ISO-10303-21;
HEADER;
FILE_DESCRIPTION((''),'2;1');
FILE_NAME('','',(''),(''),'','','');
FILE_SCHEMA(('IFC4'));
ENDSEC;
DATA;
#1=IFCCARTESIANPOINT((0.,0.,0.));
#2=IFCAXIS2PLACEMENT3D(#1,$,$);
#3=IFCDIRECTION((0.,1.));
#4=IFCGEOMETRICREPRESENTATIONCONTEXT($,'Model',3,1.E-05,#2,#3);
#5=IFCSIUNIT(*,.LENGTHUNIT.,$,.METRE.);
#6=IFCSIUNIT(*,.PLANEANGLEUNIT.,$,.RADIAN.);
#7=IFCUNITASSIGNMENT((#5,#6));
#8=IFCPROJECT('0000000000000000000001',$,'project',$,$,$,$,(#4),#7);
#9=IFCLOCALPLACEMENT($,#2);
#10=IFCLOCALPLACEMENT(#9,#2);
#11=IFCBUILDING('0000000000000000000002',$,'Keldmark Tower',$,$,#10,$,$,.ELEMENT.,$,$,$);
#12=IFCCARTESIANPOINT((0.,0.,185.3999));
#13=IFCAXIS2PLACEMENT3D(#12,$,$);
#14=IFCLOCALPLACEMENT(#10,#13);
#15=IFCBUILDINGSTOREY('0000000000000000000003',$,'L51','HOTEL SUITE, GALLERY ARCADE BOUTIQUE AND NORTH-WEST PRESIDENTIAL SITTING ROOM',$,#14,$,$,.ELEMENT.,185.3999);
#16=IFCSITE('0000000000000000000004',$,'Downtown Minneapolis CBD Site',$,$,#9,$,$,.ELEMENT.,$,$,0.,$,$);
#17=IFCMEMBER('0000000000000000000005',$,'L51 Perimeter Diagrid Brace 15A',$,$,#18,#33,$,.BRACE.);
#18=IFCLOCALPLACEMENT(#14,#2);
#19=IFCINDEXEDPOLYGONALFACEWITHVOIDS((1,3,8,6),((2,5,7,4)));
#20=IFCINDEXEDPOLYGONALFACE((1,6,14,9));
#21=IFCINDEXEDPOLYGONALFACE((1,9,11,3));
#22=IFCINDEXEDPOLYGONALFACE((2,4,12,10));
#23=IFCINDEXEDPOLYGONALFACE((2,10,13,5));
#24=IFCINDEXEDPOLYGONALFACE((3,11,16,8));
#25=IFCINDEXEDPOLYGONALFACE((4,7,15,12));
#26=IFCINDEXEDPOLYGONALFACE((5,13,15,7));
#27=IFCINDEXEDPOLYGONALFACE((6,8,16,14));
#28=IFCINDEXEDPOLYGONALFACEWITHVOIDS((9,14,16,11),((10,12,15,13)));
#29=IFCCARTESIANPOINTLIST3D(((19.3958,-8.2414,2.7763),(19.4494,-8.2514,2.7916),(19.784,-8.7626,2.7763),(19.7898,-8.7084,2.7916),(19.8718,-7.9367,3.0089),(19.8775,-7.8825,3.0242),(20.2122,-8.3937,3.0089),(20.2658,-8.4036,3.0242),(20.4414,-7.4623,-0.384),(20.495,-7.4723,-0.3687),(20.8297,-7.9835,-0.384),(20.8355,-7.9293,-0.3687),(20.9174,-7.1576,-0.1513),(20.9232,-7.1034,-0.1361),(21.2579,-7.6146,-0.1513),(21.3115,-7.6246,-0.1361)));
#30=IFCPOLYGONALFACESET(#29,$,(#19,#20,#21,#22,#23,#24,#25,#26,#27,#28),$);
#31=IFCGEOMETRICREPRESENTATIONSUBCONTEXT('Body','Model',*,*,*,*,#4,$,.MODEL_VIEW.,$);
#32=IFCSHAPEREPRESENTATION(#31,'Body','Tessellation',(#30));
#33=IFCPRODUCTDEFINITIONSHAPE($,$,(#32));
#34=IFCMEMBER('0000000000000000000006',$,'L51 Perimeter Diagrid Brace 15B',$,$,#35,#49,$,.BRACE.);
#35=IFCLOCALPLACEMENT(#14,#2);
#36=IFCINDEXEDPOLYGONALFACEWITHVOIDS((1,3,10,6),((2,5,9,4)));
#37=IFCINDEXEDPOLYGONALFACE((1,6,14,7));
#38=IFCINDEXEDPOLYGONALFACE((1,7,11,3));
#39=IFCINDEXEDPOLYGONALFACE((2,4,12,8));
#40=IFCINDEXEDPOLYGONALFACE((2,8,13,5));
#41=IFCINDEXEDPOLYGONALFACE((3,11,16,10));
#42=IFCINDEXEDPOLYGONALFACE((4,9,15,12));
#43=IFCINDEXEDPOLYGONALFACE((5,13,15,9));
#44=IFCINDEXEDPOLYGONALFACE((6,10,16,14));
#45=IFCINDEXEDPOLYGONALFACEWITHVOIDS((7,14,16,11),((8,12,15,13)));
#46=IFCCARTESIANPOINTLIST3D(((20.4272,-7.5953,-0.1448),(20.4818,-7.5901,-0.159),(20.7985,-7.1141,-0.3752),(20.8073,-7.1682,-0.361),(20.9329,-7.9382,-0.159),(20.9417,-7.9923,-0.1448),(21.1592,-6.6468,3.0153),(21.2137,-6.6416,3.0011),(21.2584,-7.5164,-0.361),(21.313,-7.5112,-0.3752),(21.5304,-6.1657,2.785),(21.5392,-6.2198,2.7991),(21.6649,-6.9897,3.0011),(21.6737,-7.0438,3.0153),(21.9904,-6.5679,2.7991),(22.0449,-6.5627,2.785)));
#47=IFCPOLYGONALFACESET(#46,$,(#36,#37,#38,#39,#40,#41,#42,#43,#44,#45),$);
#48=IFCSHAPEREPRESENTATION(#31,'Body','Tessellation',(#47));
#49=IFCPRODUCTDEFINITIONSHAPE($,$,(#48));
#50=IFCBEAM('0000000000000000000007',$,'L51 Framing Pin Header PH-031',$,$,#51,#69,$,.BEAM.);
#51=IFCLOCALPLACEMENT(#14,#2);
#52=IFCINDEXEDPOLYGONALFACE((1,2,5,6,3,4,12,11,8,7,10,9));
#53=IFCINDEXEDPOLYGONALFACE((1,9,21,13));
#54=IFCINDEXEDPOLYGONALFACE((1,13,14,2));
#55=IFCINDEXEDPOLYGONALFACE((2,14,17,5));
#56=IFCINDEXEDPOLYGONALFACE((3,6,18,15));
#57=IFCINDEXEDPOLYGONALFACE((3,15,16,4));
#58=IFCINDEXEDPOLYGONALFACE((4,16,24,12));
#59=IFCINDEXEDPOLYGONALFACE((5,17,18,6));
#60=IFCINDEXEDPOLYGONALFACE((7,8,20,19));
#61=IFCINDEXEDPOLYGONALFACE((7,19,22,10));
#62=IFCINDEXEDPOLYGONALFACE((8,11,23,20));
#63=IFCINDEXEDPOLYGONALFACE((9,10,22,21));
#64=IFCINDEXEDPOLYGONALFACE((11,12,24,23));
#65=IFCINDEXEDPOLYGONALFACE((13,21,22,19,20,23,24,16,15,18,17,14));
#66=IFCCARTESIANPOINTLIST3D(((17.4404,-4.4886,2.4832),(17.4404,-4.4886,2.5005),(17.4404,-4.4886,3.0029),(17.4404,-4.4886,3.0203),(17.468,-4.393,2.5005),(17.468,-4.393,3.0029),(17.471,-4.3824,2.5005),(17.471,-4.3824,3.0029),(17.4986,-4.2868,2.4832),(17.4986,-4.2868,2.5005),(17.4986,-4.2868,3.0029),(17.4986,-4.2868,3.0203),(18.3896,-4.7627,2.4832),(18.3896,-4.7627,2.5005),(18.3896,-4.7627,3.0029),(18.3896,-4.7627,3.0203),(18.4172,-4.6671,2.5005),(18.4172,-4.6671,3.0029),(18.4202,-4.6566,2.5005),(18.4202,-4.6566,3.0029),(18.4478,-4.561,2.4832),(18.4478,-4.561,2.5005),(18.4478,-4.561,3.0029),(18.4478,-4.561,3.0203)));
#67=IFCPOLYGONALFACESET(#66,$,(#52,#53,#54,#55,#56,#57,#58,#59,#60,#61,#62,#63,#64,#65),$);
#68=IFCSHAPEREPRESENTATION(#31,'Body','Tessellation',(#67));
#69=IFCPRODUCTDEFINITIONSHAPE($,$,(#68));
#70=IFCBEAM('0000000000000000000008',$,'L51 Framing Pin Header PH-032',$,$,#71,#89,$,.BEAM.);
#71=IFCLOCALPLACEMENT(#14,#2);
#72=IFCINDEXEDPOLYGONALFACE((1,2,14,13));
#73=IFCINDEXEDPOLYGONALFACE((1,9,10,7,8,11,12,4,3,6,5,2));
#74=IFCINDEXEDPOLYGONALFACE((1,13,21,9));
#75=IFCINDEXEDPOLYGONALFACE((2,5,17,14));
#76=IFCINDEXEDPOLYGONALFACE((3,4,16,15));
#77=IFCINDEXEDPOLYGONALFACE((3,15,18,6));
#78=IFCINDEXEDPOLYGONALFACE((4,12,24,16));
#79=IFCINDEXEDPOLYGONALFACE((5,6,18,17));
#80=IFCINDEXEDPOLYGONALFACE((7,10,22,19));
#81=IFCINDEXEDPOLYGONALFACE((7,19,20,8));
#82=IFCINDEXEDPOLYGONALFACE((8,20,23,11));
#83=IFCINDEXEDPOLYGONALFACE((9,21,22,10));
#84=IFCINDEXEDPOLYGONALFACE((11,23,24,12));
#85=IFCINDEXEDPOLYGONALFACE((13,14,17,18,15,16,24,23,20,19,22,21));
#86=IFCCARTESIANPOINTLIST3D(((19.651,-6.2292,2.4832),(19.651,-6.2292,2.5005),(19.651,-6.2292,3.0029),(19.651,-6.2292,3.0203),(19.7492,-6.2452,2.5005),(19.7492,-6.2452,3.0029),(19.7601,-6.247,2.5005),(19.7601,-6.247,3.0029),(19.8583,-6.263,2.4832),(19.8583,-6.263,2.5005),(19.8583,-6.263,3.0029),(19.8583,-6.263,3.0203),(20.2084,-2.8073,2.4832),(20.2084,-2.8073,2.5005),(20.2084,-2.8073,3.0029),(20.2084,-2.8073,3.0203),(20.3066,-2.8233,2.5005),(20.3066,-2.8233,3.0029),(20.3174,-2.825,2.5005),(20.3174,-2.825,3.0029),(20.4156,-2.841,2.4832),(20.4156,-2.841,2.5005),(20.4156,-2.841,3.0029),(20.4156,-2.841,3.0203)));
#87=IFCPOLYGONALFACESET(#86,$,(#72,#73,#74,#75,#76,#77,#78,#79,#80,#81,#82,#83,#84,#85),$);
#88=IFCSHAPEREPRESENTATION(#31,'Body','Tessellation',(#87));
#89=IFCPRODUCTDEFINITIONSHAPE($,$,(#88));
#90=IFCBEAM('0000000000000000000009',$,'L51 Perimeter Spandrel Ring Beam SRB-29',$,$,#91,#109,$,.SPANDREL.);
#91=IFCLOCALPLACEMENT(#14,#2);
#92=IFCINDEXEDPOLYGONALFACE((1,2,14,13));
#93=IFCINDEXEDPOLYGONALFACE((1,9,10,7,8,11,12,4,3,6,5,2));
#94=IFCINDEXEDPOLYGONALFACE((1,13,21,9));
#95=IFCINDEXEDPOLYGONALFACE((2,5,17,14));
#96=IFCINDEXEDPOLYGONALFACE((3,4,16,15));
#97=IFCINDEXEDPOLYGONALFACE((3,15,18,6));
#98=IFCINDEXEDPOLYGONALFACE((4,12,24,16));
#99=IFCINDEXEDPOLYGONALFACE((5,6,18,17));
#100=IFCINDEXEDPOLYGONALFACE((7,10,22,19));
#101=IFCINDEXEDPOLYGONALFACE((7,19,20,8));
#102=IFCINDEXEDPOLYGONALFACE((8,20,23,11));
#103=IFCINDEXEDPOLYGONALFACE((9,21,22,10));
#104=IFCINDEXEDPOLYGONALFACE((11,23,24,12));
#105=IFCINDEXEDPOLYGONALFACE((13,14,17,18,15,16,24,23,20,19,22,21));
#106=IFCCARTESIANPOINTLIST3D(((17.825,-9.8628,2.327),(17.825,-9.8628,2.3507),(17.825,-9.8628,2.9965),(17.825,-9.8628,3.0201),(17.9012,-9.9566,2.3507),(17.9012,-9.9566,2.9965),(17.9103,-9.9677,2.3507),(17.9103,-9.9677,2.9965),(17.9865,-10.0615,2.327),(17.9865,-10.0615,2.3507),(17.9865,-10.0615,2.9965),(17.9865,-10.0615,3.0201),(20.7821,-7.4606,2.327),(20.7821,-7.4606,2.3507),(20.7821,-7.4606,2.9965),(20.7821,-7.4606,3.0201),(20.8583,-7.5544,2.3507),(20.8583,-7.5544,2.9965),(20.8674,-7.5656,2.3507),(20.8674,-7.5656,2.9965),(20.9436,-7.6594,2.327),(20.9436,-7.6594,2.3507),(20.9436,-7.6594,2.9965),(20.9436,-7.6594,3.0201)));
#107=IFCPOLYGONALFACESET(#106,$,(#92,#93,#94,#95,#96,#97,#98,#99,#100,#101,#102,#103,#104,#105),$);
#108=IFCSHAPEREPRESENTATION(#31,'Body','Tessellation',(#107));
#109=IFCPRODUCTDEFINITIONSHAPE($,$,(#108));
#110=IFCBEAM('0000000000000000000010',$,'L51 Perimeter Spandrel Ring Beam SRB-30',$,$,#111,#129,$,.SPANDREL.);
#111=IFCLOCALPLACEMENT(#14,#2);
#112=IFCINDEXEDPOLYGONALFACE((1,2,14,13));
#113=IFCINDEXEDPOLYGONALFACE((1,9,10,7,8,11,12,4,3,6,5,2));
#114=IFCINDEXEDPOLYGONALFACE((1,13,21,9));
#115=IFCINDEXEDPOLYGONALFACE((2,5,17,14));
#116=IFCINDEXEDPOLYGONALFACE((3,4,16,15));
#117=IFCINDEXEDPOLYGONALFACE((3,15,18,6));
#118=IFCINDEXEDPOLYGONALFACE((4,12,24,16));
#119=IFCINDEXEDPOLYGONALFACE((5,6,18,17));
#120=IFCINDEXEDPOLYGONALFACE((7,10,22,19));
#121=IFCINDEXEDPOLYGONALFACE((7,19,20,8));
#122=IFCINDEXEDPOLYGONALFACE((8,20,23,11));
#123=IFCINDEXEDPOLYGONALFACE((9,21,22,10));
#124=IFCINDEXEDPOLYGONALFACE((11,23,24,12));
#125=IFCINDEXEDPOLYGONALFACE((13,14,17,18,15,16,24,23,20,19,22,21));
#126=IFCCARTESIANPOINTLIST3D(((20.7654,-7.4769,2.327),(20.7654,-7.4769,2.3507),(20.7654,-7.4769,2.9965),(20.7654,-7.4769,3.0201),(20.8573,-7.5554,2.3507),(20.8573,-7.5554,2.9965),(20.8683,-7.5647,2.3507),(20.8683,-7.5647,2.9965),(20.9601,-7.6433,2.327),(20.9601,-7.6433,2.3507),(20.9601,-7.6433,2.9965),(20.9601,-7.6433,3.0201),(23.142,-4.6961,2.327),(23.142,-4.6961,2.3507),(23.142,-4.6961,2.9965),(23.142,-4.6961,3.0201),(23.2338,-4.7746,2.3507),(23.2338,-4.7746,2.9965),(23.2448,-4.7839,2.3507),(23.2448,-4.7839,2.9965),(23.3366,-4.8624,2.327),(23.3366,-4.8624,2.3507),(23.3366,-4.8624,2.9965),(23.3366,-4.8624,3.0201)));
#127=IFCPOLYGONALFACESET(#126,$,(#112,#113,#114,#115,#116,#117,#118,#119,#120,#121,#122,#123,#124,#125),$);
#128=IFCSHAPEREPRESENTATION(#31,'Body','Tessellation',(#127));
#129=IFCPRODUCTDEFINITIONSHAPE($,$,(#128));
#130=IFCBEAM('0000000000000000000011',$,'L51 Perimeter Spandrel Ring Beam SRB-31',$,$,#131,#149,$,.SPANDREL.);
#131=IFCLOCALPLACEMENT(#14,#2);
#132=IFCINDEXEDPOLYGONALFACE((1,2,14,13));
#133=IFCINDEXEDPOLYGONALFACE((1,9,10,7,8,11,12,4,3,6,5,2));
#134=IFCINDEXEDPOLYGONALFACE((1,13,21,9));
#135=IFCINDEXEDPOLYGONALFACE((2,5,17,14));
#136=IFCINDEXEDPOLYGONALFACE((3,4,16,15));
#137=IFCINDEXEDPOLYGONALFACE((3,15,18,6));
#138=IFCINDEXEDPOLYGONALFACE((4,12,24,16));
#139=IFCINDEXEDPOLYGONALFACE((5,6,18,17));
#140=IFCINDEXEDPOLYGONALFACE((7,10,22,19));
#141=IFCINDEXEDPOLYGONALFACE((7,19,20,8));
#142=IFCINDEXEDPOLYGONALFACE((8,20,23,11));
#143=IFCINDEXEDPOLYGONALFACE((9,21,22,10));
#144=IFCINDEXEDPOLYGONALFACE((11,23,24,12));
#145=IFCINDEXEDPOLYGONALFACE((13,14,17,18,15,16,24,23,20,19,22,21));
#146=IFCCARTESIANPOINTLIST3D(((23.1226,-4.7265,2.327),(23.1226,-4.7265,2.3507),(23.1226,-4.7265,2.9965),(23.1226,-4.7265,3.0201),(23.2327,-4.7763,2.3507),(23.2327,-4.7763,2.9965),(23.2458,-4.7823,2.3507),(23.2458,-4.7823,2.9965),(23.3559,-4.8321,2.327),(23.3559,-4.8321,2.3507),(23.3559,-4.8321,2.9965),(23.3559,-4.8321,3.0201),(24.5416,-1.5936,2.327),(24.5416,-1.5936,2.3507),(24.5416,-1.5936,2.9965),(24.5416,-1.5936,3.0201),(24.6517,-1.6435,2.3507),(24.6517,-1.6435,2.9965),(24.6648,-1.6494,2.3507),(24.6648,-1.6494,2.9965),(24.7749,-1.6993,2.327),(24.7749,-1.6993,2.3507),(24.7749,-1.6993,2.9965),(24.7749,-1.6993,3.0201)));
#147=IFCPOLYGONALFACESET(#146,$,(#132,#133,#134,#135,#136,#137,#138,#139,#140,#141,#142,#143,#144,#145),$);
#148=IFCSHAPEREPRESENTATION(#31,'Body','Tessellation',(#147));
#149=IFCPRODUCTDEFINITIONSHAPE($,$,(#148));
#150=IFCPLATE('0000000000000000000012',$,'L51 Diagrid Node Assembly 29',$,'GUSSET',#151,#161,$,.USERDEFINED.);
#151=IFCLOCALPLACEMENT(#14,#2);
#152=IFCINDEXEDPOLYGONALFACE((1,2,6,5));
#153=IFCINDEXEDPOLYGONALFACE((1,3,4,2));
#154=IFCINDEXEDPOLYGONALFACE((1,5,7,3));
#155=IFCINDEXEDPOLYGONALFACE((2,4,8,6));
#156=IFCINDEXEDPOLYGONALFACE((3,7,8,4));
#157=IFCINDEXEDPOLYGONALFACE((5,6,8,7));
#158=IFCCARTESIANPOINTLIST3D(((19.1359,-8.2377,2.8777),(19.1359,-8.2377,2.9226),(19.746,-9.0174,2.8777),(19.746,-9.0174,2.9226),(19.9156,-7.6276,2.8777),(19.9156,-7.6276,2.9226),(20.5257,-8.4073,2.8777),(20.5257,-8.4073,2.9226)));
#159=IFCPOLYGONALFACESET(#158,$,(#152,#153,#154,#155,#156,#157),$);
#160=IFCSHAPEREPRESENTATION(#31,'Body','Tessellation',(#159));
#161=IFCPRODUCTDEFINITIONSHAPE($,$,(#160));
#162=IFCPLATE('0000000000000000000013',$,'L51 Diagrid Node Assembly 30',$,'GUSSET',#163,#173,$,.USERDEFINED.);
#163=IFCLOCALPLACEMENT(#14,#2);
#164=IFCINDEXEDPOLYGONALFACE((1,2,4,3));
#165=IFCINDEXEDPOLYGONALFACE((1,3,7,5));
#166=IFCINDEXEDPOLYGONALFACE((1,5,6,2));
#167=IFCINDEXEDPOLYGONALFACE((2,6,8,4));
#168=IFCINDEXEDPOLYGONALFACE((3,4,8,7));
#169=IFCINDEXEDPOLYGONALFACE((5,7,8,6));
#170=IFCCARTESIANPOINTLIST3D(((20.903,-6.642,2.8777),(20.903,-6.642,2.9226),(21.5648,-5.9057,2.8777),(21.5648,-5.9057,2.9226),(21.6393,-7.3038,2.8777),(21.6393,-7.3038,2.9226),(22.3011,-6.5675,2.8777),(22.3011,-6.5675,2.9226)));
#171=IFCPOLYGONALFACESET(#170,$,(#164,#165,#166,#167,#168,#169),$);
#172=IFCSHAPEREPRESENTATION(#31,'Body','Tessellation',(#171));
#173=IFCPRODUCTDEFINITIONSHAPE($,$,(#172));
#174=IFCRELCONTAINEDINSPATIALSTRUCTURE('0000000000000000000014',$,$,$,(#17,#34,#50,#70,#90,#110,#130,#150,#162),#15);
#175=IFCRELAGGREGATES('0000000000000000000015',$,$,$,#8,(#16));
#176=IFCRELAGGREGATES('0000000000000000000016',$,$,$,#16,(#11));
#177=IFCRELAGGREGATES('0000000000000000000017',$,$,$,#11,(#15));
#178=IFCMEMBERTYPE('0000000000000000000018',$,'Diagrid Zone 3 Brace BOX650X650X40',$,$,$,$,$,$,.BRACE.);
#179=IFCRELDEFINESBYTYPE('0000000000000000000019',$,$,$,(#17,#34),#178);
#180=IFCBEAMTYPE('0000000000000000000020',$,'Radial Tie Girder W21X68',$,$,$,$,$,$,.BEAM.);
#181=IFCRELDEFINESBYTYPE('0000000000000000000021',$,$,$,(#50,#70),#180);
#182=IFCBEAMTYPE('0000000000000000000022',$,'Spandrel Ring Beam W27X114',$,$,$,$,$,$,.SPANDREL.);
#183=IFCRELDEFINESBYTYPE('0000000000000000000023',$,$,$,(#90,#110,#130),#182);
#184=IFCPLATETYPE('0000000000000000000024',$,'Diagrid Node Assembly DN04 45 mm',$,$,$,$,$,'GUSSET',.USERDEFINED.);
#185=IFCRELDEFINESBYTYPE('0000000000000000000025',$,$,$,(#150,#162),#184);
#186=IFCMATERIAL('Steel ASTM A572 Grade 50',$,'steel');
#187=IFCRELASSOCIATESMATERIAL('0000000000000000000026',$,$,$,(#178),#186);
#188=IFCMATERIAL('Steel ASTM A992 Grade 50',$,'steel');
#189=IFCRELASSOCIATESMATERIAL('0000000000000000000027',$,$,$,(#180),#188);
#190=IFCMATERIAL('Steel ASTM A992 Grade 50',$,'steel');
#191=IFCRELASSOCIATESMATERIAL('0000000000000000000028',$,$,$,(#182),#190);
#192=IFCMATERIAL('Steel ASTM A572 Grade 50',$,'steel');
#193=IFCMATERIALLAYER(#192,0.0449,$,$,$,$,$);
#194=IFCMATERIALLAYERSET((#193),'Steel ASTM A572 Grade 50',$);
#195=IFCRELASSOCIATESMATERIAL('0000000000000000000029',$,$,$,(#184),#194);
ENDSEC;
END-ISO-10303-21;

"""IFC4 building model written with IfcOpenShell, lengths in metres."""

from ifc_helpers import new_model, si_unit, direction, frame, origin, origin_2d, place, context, subcontext, project, spatial, rectangle, hollow_rectangle, i_section, extrude, material, layer, layer_set, material_profile, profile_set, type_object, element, save


model = new_model("IFC4")

# Units and contexts
model_context = context("Model", 3, precision=1e-05, world=origin(), true_north=direction((0.0, 1.0)))
body_context = subcontext(model_context, "Body", "Model", "MODEL_VIEW")
ifc_project = project(units=[si_unit("LENGTHUNIT", "METRE"), si_unit("PLANEANGLEUNIT", "RADIAN")], contexts=[model_context])

# Site, building, storey
site_placement = place(None, origin())
site = spatial("IfcSite", under=ifc_project, at=site_placement, Name="Downtown Minneapolis CBD Site", CompositionType="ELEMENT", RefElevation=0.0)
building_placement = place(site_placement, origin())
building = spatial("IfcBuilding", under=site, at=building_placement, Name="Keldmark Tower", CompositionType="ELEMENT")
storey_placement = place(building_placement, frame((0.0, 0.0, 185.3999)))
storey = spatial("IfcBuildingStorey", under=building, at=storey_placement, Name="L51", Description="HOTEL SUITE, GALLERY ARCADE BOUTIQUE AND NORTH-WEST PRESIDENTIAL SITTING ROOM", CompositionType="ELEMENT", Elevation=185.3999)

# Members
ifc_material_1 = material(Name="Steel ASTM A572 Grade 50", Category="steel")
ifc_material_profile_1 = material_profile(ifc_material_1, hollow_rectangle(XDim=0.6499, YDim=0.6499, WallThickness=0.04, at=origin_2d()), Name="BOX650X650X40")
ifc_profile_set_1 = profile_set([ifc_material_profile_1], Name="Steel ASTM A572 Grade 50")
member_type = type_object("IfcMemberType", Name="Diagrid Zone 3 Brace BOX650X650X40", PredefinedType="BRACE", material=ifc_profile_set_1)
member_1_placement = place(storey_placement, frame((20.8765, -7.5435, -0.26), z_axis=(-0.305871, -0.227886, 0.924398), x_axis=(0.597451, -0.801906, 0.0)))
element("IfcMember", 1, at=member_1_placement, inside=storey, type_object=member_type, Name="L51 Perimeter Diagrid Brace 15A", PredefinedType="BRACE", context=body_context, shape_type="SweptSolid", body=[
    extrude(hollow_rectangle(XDim=0.6499, YDim=0.6499, WallThickness=0.04, at=origin_2d()), origin(), (0.0, 0.0, 1.0), 3.4187),
])
member_2_placement = place(storey_placement, frame((20.8701, -7.5532, -0.26), z_axis=(0.216572, 0.280647, 0.935058), x_axis=(-0.791684, 0.610931, 0.0)))
element("IfcMember", 2, at=member_2_placement, inside=storey, type_object=member_type, Name="L51 Perimeter Diagrid Brace 15B", PredefinedType="BRACE", context=body_context, shape_type="SweptSolid", body=[
    extrude(hollow_rectangle(XDim=0.6499, YDim=0.6499, WallThickness=0.04, at=origin_2d()), origin(), (0.0, 0.0, 1.0), 3.3796),
])

# Beams
ifc_material_2 = material(Name="Steel ASTM A992 Grade 50", Category="steel")
ifc_material_profile_2 = material_profile(ifc_material_2, i_section(OverallWidth=0.21, OverallDepth=0.5371, WebThickness=0.011, FlangeThickness=0.0173, at=origin_2d()), Name="W21X68")
ifc_profile_set_2 = profile_set([ifc_material_profile_2], Name="Steel ASTM A992 Grade 50")
beam_type_1 = type_object("IfcBeamType", Name="Radial Tie Girder W21X68", PredefinedType="BEAM", material=ifc_profile_set_2)
beam_1_placement = place(storey_placement, frame((17.4695, -4.3877, 2.7517), z_axis=(0.960727, -0.277494, 0.0), x_axis=(0.277494, 0.960727, 0.0)))
element("IfcBeam", 3, at=beam_1_placement, inside=storey, type_object=beam_type_1, Name="L51 Framing Pin Header PH-031", PredefinedType="BEAM", context=body_context, shape_type="SweptSolid", body=[
    extrude(i_section(OverallWidth=0.21, OverallDepth=0.5371, WebThickness=0.011, FlangeThickness=0.0173, at=origin_2d()), origin(), (0.0, 0.0, 1.0), 0.988),
])
beam_2_placement = place(storey_placement, frame((19.7546, -6.2461, 2.7517), z_axis=(0.160767, 0.986992, 0.0), x_axis=(-0.986992, 0.160767, 0.0)))
element("IfcBeam", 4, at=beam_2_placement, inside=storey, type_object=beam_type_1, Name="L51 Framing Pin Header PH-032", PredefinedType="BEAM", context=body_context, shape_type="SweptSolid", body=[
    extrude(i_section(OverallWidth=0.21, OverallDepth=0.5371, WebThickness=0.011, FlangeThickness=0.0173, at=origin_2d()), origin(), (0.0, 0.0, 1.0), 3.467),
])
ifc_material_3 = material(Name="Steel ASTM A992 Grade 50", Category="steel")
ifc_material_profile_3 = material_profile(ifc_material_3, i_section(OverallWidth=0.2561, OverallDepth=0.6931, WebThickness=0.0144, FlangeThickness=0.0237, at=origin_2d()), Name="W27X114")
ifc_profile_set_3 = profile_set([ifc_material_profile_3], Name="Steel ASTM A992 Grade 50")
beam_type_2 = type_object("IfcBeamType", Name="Spandrel Ring Beam W27X114", PredefinedType="SPANDREL", material=ifc_profile_set_3)
beam_3_placement = place(storey_placement, frame((17.9058, -9.9622, 2.6736), z_axis=(0.776177, 0.630515, 0.0), x_axis=(-0.630515, 0.776177, 0.0)))
element("IfcBeam", 5, at=beam_3_placement, inside=storey, type_object=beam_type_2, Name="L51 Perimeter Spandrel Ring Beam SRB-29", PredefinedType="SPANDREL", context=body_context, shape_type="SweptSolid", body=[
    extrude(i_section(OverallWidth=0.2561, OverallDepth=0.6931, WebThickness=0.0144, FlangeThickness=0.0237, at=origin_2d()), origin(), (0.0, 0.0, 1.0), 3.8098),
])
beam_4_placement = place(storey_placement, frame((20.8628, -7.5601, 2.6736), z_axis=(0.64968, 0.760207, 0.0), x_axis=(-0.760207, 0.64968, 0.0)))
element("IfcBeam", 6, at=beam_4_placement, inside=storey, type_object=beam_type_2, Name="L51 Perimeter Spandrel Ring Beam SRB-30", PredefinedType="SPANDREL", context=body_context, shape_type="SweptSolid", body=[
    extrude(i_section(OverallWidth=0.2561, OverallDepth=0.6931, WebThickness=0.0144, FlangeThickness=0.0237, at=origin_2d()), origin(), (0.0, 0.0, 1.0), 3.658),
])
beam_5_placement = place(storey_placement, frame((23.2393, -4.7793, 2.6736), z_axis=(0.412583, 0.91092, 0.0), x_axis=(-0.91092, 0.412583, 0.0)))
element("IfcBeam", 7, at=beam_5_placement, inside=storey, type_object=beam_type_2, Name="L51 Perimeter Spandrel Ring Beam SRB-31", PredefinedType="SPANDREL", context=body_context, shape_type="SweptSolid", body=[
    extrude(i_section(OverallWidth=0.2561, OverallDepth=0.6931, WebThickness=0.0144, FlangeThickness=0.0237, at=origin_2d()), origin(), (0.0, 0.0, 1.0), 3.4392),
])

# Plates
ifc_material_4 = material(Name="Steel ASTM A572 Grade 50", Category="steel")
ifc_layer_1 = layer(ifc_material_4, 0.0449)
ifc_layer_set_1 = layer_set([ifc_layer_1], Name="Steel ASTM A572 Grade 50")
plate_type = type_object("IfcPlateType", Name="Diagrid Node Assembly DN04 45 mm", ElementType="GUSSET", PredefinedType="USERDEFINED", material=ifc_layer_set_1)
for number, where, z_axis, x_axis, name in (
    (8, (19.8308, -8.3225, 2.8777), (0.0, 0.0, 1.0), (0.787581, 0.616211, 0.0), "L51 Diagrid Node Assembly 29"),
    (9, (21.6021, -6.6047, 2.8777), (0.0, 0.0, 1.0), (0.668482, 0.743728, 0.0), "L51 Diagrid Node Assembly 30"),
):
    element("IfcPlate", number, at=place(storey_placement, frame(where, z_axis=z_axis, x_axis=x_axis)), inside=storey, type_object=plate_type, Name=name, ObjectType="GUSSET", PredefinedType="USERDEFINED", context=body_context, shape_type="SweptSolid", body=[
        extrude(rectangle(XDim=0.99, YDim=0.99, at=origin_2d()), origin(), (0.0, 0.0, 1.0), 0.0449),
    ])

save(model, "model.ifc")
